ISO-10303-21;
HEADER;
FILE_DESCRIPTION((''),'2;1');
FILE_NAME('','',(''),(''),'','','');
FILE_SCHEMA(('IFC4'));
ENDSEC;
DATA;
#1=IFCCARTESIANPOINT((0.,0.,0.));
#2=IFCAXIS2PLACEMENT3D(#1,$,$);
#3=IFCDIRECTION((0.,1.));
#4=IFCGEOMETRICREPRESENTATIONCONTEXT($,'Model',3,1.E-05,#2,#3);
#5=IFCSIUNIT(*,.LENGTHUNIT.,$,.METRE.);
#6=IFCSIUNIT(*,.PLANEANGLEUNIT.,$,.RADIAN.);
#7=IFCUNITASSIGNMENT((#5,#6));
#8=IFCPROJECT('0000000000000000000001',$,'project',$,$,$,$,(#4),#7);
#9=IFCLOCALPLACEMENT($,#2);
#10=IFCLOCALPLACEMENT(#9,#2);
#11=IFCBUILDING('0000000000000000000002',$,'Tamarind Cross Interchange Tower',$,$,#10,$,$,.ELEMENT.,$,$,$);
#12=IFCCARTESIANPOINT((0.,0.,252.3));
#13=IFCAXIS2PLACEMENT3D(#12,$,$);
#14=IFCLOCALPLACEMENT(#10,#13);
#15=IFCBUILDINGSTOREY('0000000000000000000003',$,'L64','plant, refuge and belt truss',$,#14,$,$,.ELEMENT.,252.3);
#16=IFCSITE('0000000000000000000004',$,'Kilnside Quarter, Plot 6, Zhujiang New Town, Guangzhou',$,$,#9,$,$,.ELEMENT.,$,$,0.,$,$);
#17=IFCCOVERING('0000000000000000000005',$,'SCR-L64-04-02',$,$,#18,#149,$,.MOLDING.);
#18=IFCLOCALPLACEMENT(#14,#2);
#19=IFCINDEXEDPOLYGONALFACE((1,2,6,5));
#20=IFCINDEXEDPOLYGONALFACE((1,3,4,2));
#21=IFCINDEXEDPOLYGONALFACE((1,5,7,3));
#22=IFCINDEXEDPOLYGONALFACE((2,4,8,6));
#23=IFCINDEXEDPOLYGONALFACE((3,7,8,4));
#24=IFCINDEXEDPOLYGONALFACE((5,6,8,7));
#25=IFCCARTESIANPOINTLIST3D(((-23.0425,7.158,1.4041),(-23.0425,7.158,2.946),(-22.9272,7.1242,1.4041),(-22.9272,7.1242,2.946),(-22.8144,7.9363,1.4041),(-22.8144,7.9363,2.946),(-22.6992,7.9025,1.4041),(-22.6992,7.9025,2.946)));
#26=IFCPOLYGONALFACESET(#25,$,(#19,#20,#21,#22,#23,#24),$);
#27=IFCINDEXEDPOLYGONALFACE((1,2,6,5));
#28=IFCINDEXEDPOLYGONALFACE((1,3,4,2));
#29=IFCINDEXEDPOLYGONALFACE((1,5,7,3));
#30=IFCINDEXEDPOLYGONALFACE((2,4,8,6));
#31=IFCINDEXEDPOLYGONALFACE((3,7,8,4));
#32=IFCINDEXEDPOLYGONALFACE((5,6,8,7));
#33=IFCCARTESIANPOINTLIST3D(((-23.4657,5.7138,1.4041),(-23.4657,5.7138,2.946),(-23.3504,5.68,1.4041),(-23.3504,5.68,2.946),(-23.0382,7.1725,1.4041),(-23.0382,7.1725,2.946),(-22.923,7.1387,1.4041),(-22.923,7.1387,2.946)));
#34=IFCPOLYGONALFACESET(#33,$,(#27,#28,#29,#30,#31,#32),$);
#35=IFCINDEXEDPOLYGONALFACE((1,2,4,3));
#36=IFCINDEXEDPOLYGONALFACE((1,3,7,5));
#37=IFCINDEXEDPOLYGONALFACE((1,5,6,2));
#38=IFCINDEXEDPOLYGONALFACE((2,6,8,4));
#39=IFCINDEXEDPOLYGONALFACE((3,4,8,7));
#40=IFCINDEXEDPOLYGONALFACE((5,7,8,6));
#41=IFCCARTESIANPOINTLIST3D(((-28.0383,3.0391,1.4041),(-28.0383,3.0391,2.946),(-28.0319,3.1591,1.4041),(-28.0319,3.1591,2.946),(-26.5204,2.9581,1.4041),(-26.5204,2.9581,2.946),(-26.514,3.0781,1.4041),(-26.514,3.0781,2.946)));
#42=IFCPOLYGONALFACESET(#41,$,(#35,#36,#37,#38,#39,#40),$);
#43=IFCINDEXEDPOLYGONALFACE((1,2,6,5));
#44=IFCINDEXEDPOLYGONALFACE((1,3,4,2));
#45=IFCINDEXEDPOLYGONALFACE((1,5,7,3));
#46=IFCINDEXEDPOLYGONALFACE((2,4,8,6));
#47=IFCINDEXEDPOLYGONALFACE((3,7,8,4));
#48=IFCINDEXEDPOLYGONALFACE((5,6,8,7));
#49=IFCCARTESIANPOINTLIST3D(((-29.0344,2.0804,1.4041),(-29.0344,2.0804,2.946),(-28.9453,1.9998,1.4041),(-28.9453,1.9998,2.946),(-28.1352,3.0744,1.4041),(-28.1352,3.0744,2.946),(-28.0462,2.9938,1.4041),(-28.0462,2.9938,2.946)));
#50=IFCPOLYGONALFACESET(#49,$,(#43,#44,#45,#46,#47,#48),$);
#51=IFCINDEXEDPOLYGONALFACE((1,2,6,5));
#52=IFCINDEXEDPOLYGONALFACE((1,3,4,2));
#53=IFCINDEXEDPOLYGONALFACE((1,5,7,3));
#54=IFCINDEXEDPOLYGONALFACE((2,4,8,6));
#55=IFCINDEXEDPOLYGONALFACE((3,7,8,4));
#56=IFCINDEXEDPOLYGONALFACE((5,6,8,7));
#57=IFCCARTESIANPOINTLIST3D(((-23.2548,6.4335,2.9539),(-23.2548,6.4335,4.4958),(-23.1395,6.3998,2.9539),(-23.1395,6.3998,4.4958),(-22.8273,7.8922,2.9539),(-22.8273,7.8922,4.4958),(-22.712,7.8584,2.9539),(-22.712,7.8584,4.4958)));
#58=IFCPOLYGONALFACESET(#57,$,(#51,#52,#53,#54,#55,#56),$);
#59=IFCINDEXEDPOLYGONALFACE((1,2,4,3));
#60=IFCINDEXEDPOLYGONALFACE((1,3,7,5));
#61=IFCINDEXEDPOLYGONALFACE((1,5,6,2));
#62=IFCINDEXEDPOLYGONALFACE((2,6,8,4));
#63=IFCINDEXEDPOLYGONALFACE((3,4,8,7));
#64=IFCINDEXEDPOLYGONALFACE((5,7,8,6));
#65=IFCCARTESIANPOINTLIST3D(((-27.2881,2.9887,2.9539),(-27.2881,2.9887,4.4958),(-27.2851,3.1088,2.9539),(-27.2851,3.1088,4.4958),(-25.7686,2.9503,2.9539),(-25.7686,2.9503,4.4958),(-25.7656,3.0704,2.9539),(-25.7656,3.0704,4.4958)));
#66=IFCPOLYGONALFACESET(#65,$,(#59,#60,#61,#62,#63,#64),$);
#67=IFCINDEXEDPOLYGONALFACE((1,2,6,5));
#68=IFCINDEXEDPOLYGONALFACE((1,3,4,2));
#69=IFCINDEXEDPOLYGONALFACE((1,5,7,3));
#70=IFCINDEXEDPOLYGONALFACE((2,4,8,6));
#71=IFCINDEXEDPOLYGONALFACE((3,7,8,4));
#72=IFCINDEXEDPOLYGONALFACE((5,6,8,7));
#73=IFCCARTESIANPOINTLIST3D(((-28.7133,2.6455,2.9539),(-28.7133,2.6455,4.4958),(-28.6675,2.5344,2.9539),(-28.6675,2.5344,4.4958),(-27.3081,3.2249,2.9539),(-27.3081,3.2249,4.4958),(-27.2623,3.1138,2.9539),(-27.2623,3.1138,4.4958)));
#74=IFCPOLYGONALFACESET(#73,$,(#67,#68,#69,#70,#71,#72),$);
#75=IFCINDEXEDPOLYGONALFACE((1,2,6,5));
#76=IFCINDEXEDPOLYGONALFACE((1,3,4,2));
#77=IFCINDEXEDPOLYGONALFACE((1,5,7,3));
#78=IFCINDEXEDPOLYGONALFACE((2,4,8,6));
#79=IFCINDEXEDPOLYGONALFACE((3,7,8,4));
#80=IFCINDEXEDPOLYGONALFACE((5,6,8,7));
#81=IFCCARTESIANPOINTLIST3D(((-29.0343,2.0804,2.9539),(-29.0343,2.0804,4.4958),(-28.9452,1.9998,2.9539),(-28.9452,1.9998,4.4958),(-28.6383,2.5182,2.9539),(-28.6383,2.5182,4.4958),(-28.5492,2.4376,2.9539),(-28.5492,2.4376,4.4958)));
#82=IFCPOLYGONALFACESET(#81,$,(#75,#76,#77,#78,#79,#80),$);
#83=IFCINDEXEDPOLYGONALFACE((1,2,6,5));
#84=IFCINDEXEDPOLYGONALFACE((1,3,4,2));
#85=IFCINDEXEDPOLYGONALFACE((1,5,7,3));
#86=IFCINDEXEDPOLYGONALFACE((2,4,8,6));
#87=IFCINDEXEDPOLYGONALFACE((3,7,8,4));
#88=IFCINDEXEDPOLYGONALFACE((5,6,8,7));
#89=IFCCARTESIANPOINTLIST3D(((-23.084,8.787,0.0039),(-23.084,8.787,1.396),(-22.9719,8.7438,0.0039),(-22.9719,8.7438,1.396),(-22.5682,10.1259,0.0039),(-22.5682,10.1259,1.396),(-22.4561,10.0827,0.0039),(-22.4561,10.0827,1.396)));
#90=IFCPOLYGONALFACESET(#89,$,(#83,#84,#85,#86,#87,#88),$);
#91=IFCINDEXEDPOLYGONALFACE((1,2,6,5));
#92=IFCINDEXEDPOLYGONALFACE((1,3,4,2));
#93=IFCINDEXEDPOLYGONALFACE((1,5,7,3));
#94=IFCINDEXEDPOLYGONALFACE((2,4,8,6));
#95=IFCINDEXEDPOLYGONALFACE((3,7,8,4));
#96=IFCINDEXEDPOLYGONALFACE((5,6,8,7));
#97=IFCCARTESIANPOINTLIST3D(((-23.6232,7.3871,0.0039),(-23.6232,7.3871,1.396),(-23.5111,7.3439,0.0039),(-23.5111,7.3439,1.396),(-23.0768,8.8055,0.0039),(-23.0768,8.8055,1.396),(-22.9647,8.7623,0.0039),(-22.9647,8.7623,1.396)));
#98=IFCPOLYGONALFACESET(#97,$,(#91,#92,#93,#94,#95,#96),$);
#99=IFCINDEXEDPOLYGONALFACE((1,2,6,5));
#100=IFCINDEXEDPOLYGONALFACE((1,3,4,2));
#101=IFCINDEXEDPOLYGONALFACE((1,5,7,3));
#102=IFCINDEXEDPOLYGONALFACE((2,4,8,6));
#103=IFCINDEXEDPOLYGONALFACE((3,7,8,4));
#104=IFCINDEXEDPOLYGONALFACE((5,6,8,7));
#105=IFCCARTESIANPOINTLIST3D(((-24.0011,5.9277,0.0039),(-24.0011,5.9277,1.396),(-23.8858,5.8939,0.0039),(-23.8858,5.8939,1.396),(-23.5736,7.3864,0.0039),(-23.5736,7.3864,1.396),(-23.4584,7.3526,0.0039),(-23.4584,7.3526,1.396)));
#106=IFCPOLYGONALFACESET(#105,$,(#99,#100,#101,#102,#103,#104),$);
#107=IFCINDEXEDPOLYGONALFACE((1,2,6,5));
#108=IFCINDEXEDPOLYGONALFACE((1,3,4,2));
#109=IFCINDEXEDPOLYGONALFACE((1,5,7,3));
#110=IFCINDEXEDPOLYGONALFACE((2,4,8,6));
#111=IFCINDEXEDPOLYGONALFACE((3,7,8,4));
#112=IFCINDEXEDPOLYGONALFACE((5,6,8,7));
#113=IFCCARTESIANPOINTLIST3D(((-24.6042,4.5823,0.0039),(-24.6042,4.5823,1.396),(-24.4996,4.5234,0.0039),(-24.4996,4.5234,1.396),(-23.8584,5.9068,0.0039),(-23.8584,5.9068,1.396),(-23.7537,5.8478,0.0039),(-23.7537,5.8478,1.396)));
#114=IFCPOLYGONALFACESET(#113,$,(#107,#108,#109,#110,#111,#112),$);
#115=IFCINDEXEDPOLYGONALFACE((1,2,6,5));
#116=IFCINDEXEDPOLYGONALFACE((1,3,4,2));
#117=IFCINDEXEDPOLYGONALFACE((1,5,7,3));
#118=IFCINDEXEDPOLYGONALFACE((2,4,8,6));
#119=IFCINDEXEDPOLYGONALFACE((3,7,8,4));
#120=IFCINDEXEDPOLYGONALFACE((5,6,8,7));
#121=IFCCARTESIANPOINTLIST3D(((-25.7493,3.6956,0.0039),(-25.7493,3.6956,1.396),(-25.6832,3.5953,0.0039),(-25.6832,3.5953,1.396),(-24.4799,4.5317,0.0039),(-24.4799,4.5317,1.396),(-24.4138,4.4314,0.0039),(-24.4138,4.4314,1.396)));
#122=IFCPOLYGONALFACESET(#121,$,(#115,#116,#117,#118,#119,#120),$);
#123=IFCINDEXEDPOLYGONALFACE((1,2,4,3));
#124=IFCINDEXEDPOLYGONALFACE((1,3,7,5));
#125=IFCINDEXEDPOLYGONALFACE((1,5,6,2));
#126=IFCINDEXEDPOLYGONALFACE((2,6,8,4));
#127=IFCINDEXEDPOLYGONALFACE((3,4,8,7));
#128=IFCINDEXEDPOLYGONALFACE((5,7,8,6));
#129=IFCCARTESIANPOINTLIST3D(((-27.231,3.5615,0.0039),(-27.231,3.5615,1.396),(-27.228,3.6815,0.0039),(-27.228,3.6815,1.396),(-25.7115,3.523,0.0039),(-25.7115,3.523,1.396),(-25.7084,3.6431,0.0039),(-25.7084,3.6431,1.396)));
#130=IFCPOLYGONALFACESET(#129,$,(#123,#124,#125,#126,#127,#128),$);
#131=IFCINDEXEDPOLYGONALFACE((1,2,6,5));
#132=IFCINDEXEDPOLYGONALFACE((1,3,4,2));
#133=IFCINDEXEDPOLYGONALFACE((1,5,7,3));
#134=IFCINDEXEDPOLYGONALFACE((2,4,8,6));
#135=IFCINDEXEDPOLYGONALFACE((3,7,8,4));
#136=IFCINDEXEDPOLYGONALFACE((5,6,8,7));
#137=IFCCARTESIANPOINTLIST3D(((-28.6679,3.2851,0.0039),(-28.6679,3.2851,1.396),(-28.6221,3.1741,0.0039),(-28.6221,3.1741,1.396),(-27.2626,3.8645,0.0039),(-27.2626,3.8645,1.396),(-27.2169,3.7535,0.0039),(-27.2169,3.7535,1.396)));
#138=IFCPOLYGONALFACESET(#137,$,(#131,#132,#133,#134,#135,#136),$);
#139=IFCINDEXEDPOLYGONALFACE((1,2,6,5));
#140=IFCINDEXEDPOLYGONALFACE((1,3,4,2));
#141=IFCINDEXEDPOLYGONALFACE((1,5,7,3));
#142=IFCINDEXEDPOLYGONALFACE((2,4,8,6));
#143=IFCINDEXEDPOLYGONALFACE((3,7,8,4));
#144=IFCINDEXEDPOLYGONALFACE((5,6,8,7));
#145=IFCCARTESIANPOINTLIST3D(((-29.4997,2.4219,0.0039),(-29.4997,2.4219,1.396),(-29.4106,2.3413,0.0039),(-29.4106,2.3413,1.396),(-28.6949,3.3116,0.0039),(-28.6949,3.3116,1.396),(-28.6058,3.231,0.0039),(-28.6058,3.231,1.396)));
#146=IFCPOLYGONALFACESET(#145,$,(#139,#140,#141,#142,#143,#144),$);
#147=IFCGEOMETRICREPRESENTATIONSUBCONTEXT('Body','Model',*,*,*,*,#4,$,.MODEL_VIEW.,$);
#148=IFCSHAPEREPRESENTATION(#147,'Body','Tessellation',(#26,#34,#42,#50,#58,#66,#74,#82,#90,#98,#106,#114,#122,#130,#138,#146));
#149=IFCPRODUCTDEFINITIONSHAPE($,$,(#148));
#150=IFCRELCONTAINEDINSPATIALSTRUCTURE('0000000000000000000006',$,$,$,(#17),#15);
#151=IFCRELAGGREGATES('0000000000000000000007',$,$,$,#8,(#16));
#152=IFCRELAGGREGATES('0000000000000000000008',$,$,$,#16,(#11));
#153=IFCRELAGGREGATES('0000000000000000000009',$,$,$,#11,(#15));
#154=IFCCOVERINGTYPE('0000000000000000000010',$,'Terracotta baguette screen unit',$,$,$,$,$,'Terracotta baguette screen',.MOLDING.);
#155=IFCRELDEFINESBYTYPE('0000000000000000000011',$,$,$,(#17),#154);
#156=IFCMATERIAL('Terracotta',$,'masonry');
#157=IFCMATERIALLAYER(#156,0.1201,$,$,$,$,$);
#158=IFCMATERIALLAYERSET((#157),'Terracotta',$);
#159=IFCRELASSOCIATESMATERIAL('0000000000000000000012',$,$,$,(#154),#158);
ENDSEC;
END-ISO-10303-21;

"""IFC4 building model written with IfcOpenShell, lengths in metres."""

from ifc_helpers import new_model, si_unit, direction, frame, origin, origin_2d, place, context, subcontext, project, spatial, rectangle, extrude, material, layer, layer_set, type_object, element, save


model = new_model("IFC4")

# Units and contexts
model_context = context("Model", 3, precision=1e-05, world=origin(), true_north=direction((0.0, 1.0)))
body_context = subcontext(model_context, "Body", "Model", "MODEL_VIEW")
ifc_project = project(units=[si_unit("LENGTHUNIT", "METRE"), si_unit("PLANEANGLEUNIT", "RADIAN")], contexts=[model_context])

# Site, building, storey
site_placement = place(None, origin())
site = spatial("IfcSite", under=ifc_project, at=site_placement, Name="Kilnside Quarter, Plot 6, Zhujiang New Town, Guangzhou", CompositionType="ELEMENT", RefElevation=0.0)
building_placement = place(site_placement, origin())
building = spatial("IfcBuilding", under=site, at=building_placement, Name="Tamarind Cross Interchange Tower", CompositionType="ELEMENT")
storey_placement = place(building_placement, frame((0.0, 0.0, 252.3)))
storey = spatial("IfcBuildingStorey", under=building, at=storey_placement, Name="L64", Description="plant, refuge and belt truss", CompositionType="ELEMENT", Elevation=252.3)

# Covering
ifc_material_1 = material(Name="Terracotta", Category="masonry")
ifc_layer_1 = layer(ifc_material_1, 0.1201)
ifc_layer_set_1 = layer_set([ifc_layer_1], Name="Terracotta")
covering_type = type_object("IfcCoveringType", Name="Terracotta baguette screen unit", ElementType="Terracotta baguette screen", PredefinedType="MOLDING", material=ifc_layer_set_1)
covering_1_placement = place(storey_placement, origin())
element("IfcCovering", 1, at=covering_1_placement, inside=storey, type_object=covering_type, Name="SCR-L64-04-02", PredefinedType="MOLDING", context=body_context, shape_type="SweptSolid", body=[
    extrude(rectangle(XDim=0.811, YDim=0.1201, at=origin_2d()), frame((-22.8708, 7.5303, 1.4041), z_axis=(0.0, 0.0, 1.0), x_axis=(-0.281209, -0.959647, 0.0)), (0.0, 0.0, 1.0), 1.542),
    extrude(rectangle(XDim=1.52, YDim=0.1201, at=origin_2d()), frame((-23.1943, 6.4263, 1.4041), z_axis=(0.0, 0.0, 1.0), x_axis=(-0.281209, -0.959647, 0.0)), (0.0, 0.0, 1.0), 1.542),
    extrude(rectangle(XDim=1.52, YDim=0.1201, at=origin_2d()), frame((-27.2761, 3.0586, 1.4041), z_axis=(0.0, 0.0, 1.0), x_axis=(-0.998579, 0.053285, 0.0)), (0.0, 0.0, 1.0), 1.542),
    extrude(rectangle(XDim=1.3403, YDim=0.1201, at=origin_2d()), frame((-28.5403, 2.5371, 1.4041), z_axis=(0.0, 0.0, 1.0), x_axis=(-0.670843, -0.741599, 0.0)), (0.0, 0.0, 1.0), 1.542),
    extrude(rectangle(XDim=1.52, YDim=0.1201, at=origin_2d()), frame((-22.9834, 7.146, 2.9539), z_axis=(0.0, 0.0, 1.0), x_axis=(-0.281209, -0.959647, 0.0)), (0.0, 0.0, 1.0), 1.542),
    extrude(rectangle(XDim=1.52, YDim=0.1201, at=origin_2d()), frame((-26.5269, 3.0295, 2.9539), z_axis=(0.0, 0.0, 1.0), x_axis=(-0.999681, 0.025274, 0.0)), (0.0, 0.0, 1.0), 1.542),
    extrude(rectangle(XDim=1.52, YDim=0.1201, at=origin_2d()), frame((-27.9878, 2.8796, 2.9539), z_axis=(0.0, 0.0, 1.0), x_axis=(-0.924502, -0.381178, 0.0)), (0.0, 0.0, 1.0), 1.542),
    extrude(rectangle(XDim=0.5903, YDim=0.1201, at=origin_2d()), frame((-28.7917, 2.259, 2.9539), z_axis=(0.0, 0.0, 1.0), x_axis=(-0.670843, -0.741599, 0.0)), (0.0, 0.0, 1.0), 1.542),
    extrude(rectangle(XDim=1.4348, YDim=0.1201, at=origin_2d()), frame((-22.77, 9.4348, 0.0039), z_axis=(0.0, 0.0, 1.0), x_axis=(-0.359495, -0.933147, 0.0)), (0.0, 0.0, 1.0), 1.3921),
    extrude(rectangle(XDim=1.52, YDim=0.1201, at=origin_2d()), frame((-23.2939, 8.0747, 0.0039), z_axis=(0.0, 0.0, 1.0), x_axis=(-0.359495, -0.933147, 0.0)), (0.0, 0.0, 1.0), 1.3921),
    extrude(rectangle(XDim=1.52, YDim=0.1201, at=origin_2d()), frame((-23.7297, 6.6401, 0.0039), z_axis=(0.0, 0.0, 1.0), x_axis=(-0.281209, -0.959647, 0.0)), (0.0, 0.0, 1.0), 1.3921),
    extrude(rectangle(XDim=1.52, YDim=0.1201, at=origin_2d()), frame((-24.179, 5.2151, 0.0039), z_axis=(0.0, 0.0, 1.0), x_axis=(-0.490689, -0.871335, 0.0)), (0.0, 0.0, 1.0), 1.3921),
    extrude(rectangle(XDim=1.52, YDim=0.1201, at=origin_2d()), frame((-25.0815, 4.0635, 0.0039), z_axis=(0.0, 0.0, 1.0), x_axis=(-0.83512, -0.550067, 0.0)), (0.0, 0.0, 1.0), 1.3921),
    extrude(rectangle(XDim=1.52, YDim=0.1201, at=origin_2d()), frame((-26.4697, 3.6023, 0.0039), z_axis=(0.0, 0.0, 1.0), x_axis=(-0.999681, 0.025274, 0.0)), (0.0, 0.0, 1.0), 1.3921),
    extrude(rectangle(XDim=1.52, YDim=0.1201, at=origin_2d()), frame((-27.9424, 3.5193, 0.0039), z_axis=(0.0, 0.0, 1.0), x_axis=(-0.924502, -0.381178, 0.0)), (0.0, 0.0, 1.0), 1.3921),
    extrude(rectangle(XDim=1.1997, YDim=0.1201, at=origin_2d()), frame((-29.0527, 2.8264, 0.0039), z_axis=(0.0, 0.0, 1.0), x_axis=(-0.670843, -0.741599, 0.0)), (0.0, 0.0, 1.0), 1.3921),
])

save(model, "model.ifc")
